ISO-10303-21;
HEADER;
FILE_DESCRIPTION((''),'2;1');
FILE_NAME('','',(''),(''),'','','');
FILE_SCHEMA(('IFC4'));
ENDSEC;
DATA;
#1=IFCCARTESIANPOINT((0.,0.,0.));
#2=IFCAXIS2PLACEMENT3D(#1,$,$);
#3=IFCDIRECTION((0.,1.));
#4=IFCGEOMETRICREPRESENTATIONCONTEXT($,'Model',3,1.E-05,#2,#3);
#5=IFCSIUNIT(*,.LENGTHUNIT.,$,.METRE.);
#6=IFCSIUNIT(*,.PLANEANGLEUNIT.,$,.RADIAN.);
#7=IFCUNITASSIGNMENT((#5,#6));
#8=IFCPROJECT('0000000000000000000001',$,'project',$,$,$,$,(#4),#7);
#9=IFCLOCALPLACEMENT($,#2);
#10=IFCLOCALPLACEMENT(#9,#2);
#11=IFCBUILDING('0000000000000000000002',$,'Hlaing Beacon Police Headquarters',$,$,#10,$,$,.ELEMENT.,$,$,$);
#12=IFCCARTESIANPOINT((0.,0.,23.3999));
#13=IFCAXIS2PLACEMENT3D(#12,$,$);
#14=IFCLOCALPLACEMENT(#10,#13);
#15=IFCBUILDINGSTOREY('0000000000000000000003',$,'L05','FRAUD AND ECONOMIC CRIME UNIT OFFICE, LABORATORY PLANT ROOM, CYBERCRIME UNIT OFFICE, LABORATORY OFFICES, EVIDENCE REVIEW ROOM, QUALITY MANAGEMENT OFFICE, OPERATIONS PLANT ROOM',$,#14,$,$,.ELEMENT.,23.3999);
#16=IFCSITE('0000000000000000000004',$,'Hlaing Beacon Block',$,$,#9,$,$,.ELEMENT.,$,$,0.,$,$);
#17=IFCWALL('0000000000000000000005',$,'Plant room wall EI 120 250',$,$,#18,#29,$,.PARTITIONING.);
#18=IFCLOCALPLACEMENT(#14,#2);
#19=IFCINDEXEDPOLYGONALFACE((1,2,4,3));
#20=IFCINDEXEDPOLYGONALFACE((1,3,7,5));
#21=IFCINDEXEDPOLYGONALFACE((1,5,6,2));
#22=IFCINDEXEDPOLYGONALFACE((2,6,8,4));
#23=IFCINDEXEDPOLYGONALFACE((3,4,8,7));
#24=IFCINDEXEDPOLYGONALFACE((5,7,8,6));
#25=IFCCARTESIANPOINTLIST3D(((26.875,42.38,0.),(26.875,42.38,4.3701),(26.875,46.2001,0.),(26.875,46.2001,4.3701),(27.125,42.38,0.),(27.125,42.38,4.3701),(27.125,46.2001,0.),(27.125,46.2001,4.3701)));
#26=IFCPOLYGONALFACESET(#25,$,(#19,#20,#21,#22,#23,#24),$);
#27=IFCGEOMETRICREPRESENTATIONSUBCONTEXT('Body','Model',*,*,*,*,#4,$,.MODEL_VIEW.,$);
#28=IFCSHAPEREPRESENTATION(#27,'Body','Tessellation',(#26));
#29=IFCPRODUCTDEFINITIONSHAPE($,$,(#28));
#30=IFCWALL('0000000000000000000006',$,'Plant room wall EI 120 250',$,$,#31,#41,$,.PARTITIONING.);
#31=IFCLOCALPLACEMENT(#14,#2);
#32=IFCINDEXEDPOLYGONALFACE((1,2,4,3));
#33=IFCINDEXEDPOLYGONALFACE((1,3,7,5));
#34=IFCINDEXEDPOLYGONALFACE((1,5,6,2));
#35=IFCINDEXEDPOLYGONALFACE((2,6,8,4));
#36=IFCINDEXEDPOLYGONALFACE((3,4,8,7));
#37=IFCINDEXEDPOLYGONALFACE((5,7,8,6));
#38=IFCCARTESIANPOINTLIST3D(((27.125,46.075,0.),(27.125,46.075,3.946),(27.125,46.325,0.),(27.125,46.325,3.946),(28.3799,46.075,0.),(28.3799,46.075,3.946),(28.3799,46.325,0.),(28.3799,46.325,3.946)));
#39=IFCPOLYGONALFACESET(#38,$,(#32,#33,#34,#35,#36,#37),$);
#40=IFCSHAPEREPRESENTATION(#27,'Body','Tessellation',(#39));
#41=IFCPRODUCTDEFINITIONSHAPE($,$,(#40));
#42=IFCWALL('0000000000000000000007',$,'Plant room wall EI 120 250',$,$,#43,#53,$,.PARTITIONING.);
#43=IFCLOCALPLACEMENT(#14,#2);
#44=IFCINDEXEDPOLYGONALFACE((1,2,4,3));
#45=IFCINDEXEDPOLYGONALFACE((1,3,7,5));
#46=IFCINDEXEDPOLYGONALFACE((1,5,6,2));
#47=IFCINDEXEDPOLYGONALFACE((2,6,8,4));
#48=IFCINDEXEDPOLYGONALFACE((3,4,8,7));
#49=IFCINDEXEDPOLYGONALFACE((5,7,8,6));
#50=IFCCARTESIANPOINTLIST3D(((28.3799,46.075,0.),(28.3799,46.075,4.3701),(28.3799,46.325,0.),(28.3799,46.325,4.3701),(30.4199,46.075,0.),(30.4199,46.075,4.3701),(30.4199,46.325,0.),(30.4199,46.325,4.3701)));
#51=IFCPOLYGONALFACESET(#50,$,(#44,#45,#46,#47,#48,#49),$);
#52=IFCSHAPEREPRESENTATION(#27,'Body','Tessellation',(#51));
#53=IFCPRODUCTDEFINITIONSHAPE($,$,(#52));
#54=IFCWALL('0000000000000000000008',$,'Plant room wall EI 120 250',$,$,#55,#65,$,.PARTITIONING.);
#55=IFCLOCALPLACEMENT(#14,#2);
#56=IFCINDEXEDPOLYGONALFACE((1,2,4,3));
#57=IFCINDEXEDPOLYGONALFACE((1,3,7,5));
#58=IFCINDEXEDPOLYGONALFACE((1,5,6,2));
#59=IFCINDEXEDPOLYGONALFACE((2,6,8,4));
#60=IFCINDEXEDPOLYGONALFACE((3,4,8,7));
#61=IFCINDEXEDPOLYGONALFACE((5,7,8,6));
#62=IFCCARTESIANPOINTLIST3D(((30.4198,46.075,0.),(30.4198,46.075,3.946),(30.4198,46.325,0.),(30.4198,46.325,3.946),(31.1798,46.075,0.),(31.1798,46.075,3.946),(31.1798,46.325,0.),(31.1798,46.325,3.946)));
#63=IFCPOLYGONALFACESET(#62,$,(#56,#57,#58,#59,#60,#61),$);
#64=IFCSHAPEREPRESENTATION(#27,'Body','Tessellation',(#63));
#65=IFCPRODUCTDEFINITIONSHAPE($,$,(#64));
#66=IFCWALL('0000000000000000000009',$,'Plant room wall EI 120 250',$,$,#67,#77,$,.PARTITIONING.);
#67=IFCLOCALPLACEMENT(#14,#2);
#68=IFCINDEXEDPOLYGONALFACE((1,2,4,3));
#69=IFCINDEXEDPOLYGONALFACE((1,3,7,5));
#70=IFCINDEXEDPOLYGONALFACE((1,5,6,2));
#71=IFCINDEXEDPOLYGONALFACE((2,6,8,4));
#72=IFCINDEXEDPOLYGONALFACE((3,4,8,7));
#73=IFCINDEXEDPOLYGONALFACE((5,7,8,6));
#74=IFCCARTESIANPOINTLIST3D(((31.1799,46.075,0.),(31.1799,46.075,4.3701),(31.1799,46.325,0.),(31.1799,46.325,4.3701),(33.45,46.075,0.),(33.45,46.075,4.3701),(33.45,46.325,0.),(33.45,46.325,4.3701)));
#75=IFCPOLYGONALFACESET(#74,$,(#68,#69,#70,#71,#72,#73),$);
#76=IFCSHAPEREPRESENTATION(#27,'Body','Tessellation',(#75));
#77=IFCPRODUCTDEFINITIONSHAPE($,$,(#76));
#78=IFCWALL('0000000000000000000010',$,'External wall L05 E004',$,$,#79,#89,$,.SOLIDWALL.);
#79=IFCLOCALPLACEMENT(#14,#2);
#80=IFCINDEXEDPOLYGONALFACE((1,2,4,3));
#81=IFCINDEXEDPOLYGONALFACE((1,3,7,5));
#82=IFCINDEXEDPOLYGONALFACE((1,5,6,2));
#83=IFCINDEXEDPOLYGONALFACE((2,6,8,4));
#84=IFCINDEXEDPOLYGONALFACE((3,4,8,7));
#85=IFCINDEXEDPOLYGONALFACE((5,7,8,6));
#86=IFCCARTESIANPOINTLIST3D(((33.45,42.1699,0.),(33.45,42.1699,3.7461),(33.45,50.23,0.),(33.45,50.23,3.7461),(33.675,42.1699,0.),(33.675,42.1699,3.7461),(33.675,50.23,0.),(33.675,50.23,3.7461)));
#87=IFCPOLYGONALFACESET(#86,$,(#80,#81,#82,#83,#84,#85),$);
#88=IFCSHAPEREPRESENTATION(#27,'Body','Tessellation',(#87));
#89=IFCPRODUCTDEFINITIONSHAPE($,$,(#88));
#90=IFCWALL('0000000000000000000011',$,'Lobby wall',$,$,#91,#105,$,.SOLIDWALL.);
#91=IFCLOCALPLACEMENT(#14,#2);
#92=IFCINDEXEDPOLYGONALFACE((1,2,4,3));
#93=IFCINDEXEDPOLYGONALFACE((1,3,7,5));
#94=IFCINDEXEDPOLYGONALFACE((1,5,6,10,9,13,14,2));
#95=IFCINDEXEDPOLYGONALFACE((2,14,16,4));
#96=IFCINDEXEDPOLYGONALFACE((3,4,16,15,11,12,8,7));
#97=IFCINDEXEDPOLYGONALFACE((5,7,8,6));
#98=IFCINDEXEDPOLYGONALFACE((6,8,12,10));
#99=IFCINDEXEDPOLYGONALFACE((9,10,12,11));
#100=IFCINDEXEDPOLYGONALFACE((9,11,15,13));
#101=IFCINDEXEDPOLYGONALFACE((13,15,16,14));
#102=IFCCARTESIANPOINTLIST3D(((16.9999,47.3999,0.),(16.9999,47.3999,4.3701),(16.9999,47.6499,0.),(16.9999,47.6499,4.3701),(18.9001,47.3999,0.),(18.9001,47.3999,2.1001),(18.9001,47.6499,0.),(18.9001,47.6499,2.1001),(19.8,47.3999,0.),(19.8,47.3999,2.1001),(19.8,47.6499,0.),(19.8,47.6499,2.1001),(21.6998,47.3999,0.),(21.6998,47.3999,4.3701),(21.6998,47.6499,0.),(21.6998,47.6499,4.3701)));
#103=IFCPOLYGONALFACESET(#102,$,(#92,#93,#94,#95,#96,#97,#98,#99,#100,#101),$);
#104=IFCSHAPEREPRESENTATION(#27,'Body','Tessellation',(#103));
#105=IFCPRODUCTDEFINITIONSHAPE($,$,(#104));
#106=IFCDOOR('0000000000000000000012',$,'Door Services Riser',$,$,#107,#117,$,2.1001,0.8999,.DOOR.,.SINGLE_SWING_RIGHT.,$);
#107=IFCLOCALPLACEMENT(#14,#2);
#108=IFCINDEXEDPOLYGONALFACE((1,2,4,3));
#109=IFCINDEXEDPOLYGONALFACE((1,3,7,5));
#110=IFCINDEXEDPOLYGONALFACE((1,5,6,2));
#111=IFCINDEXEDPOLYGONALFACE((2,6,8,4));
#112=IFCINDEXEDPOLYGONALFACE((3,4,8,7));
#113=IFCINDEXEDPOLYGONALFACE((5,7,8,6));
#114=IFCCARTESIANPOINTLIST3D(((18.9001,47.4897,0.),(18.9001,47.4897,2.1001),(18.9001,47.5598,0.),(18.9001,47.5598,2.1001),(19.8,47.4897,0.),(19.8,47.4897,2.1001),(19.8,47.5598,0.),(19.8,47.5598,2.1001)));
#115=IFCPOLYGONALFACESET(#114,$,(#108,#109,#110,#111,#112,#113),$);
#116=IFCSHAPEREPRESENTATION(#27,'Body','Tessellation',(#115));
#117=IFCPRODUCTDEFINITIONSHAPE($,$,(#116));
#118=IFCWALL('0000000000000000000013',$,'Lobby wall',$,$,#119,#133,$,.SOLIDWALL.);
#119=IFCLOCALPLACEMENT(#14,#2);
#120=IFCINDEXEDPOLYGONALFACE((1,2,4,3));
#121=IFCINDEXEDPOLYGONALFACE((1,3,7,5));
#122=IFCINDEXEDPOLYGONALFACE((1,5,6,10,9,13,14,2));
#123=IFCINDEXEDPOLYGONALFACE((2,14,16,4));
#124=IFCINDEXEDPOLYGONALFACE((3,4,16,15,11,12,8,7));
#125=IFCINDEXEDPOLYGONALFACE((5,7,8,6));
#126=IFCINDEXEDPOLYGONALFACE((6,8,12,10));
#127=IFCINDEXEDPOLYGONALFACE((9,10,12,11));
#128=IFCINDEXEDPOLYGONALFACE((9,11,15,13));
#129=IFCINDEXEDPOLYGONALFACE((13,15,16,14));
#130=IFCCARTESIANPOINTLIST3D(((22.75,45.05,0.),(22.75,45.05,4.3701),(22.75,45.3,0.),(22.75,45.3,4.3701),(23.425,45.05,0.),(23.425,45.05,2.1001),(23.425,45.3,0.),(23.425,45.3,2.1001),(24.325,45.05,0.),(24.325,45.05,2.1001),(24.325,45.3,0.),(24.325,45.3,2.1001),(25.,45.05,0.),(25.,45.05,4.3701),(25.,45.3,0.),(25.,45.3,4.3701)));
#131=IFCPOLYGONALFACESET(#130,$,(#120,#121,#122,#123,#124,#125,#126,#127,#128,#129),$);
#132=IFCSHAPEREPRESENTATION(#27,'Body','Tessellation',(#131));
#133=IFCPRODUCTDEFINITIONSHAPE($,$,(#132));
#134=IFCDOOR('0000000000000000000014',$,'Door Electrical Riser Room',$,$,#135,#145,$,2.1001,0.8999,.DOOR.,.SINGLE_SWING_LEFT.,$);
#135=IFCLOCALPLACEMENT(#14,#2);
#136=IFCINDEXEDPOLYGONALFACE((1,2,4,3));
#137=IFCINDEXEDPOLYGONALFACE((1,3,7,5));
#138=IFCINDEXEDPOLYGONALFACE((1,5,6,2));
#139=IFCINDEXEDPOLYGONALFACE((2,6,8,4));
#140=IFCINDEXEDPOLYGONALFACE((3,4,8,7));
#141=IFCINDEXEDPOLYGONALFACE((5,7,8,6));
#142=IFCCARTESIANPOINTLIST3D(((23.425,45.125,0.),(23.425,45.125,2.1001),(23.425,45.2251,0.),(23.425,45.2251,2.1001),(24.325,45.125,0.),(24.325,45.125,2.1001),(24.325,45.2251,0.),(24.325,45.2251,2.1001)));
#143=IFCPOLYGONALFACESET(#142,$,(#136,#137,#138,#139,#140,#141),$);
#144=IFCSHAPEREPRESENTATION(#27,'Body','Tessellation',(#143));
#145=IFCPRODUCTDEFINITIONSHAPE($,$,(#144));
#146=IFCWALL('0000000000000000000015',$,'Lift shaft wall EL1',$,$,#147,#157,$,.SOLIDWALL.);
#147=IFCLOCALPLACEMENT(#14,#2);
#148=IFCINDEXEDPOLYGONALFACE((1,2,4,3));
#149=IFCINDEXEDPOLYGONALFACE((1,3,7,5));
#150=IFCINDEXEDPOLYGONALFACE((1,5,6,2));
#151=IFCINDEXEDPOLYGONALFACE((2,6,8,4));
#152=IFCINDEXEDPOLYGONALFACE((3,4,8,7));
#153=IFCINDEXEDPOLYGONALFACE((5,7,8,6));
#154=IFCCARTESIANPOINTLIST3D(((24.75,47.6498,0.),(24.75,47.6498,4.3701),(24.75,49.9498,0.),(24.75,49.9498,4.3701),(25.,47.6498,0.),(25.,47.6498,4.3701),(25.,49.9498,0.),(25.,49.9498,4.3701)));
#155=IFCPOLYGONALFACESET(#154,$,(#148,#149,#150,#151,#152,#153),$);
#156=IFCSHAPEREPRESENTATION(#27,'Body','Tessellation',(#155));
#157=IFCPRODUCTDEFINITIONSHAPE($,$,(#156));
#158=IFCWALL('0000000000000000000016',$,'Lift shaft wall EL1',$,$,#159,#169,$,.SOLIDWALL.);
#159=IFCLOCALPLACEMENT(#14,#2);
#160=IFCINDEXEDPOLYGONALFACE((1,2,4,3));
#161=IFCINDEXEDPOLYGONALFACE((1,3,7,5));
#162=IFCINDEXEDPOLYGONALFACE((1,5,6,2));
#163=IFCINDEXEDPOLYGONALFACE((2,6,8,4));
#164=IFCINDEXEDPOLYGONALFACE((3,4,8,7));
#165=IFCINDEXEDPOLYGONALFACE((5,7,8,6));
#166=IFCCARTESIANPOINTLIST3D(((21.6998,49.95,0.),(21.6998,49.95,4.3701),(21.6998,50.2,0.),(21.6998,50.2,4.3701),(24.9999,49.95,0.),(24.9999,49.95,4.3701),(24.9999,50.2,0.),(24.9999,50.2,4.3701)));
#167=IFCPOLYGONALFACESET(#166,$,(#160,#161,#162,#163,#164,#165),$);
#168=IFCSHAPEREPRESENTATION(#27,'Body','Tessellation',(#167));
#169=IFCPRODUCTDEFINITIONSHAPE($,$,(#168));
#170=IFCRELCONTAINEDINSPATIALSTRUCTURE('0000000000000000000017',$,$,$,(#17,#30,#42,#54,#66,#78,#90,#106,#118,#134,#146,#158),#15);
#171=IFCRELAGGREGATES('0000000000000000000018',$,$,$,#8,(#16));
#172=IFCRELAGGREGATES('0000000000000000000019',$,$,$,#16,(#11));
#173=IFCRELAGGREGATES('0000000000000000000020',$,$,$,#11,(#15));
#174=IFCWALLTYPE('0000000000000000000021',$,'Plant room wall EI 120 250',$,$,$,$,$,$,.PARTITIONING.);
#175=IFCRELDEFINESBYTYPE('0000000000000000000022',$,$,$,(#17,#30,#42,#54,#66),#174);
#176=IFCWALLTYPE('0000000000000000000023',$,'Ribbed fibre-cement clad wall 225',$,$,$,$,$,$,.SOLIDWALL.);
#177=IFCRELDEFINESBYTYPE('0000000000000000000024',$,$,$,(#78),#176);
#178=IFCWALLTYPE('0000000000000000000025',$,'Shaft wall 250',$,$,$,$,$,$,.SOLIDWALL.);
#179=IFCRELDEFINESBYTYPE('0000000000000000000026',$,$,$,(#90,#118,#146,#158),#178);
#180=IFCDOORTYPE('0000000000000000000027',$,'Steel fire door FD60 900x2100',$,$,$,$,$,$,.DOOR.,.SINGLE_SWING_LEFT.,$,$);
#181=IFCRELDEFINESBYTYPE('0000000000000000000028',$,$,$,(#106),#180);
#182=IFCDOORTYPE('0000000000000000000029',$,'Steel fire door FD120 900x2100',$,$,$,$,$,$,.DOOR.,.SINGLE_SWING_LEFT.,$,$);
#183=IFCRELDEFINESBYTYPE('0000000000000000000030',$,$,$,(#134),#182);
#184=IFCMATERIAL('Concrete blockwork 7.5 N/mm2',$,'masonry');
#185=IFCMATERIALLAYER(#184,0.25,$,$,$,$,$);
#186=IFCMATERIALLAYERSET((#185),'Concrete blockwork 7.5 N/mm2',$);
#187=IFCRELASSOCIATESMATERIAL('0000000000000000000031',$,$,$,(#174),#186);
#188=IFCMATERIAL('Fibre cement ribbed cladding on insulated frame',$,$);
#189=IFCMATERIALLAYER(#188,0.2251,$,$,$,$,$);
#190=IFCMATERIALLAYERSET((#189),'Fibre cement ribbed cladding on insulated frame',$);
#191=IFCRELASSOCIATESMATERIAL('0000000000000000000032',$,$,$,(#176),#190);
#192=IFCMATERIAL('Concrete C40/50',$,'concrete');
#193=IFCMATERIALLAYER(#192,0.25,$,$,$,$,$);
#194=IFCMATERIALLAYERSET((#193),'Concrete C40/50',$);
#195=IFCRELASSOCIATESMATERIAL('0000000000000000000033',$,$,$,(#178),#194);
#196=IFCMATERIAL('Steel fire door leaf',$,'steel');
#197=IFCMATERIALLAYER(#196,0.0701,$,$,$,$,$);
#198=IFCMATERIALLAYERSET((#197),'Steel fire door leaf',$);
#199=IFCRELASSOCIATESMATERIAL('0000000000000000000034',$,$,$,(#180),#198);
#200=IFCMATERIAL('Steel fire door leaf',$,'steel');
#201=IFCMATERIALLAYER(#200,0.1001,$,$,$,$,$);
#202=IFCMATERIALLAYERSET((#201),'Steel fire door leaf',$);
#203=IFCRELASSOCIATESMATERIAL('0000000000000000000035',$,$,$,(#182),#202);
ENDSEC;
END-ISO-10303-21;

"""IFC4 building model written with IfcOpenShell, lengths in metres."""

from ifc_helpers import new_model, si_unit, direction, frame, frame_2d, origin, place, context, subcontext, project, spatial, rectangle, extrude, material, layer, layer_set, type_object, element, fill, save


model = new_model("IFC4")

# Units and contexts
model_context = context("Model", 3, precision=1e-05, world=origin(), true_north=direction((0.0, 1.0)))
body_context = subcontext(model_context, "Body", "Model", "MODEL_VIEW")
ifc_project = project(units=[si_unit("LENGTHUNIT", "METRE"), si_unit("PLANEANGLEUNIT", "RADIAN")], contexts=[model_context])

# Site, building, storey
site_placement = place(None, origin())
site = spatial("IfcSite", under=ifc_project, at=site_placement, Name="Hlaing Beacon Block", CompositionType="ELEMENT", RefElevation=0.0)
building_placement = place(site_placement, origin())
building = spatial("IfcBuilding", under=site, at=building_placement, Name="Hlaing Beacon Police Headquarters", CompositionType="ELEMENT")
storey_placement = place(building_placement, frame((0.0, 0.0, 23.3999)))
storey = spatial("IfcBuildingStorey", under=building, at=storey_placement, Name="L05", Description="FRAUD AND ECONOMIC CRIME UNIT OFFICE, LABORATORY PLANT ROOM, CYBERCRIME UNIT OFFICE, LABORATORY OFFICES, EVIDENCE REVIEW ROOM, QUALITY MANAGEMENT OFFICE, OPERATIONS PLANT ROOM", CompositionType="ELEMENT", Elevation=23.3999)

# Walls
ifc_material_1 = material(Name="Concrete blockwork 7.5 N/mm2", Category="masonry")
ifc_layer_1 = layer(ifc_material_1, 0.25)
ifc_layer_set_1 = layer_set([ifc_layer_1], Name="Concrete blockwork 7.5 N/mm2")
wall_type_1 = type_object("IfcWallType", Name="Plant room wall EI 120 250", PredefinedType="PARTITIONING", material=ifc_layer_set_1)
wall_1_placement = place(storey_placement, frame((27.0, 42.3799, 0.0), z_axis=(0.0, 0.0, 1.0), x_axis=(0.0, 1.0, 0.0)))
element("IfcWall", 1, at=wall_1_placement, inside=storey, type_object=wall_type_1, Name="Plant room wall EI 120 250", PredefinedType="PARTITIONING", context=body_context, shape_type="SweptSolid", body=[
    extrude(rectangle(XDim=3.8201, YDim=0.25, at=frame_2d((1.9102, 0.0))), origin(), (0.0, 0.0, 1.0), 4.3701),
])
wall_2_placement = place(storey_placement, frame((27.125, 46.2, 0.0), z_axis=(0.0, 0.0, 1.0), x_axis=(1.0, 0.0, 0.0)))
element("IfcWall", 2, at=wall_2_placement, inside=storey, type_object=wall_type_1, Name="Plant room wall EI 120 250", PredefinedType="PARTITIONING", context=body_context, shape_type="SweptSolid", body=[
    extrude(rectangle(XDim=1.2549, YDim=0.25, at=frame_2d((0.6274, 0.0))), origin(), (0.0, 0.0, 1.0), 3.946),
])
wall_3_placement = place(storey_placement, frame((28.3799, 46.2, 0.0), z_axis=(0.0, 0.0, 1.0), x_axis=(1.0, 0.0, 0.0)))
element("IfcWall", 3, at=wall_3_placement, inside=storey, type_object=wall_type_1, Name="Plant room wall EI 120 250", PredefinedType="PARTITIONING", context=body_context, shape_type="SweptSolid", body=[
    extrude(rectangle(XDim=2.04, YDim=0.25, at=frame_2d((1.02, 0.0))), origin(), (0.0, 0.0, 1.0), 4.3701),
])
wall_4_placement = place(storey_placement, frame((30.4199, 46.2, 0.0), z_axis=(0.0, 0.0, 1.0), x_axis=(1.0, 0.0, 0.0)))
element("IfcWall", 4, at=wall_4_placement, inside=storey, type_object=wall_type_1, Name="Plant room wall EI 120 250", PredefinedType="PARTITIONING", context=body_context, shape_type="SweptSolid", body=[
    extrude(rectangle(XDim=0.76, YDim=0.25, at=frame_2d((0.3799, 0.0))), origin(), (0.0, 0.0, 1.0), 3.946),
])
wall_5_placement = place(storey_placement, frame((31.1799, 46.2, 0.0), z_axis=(0.0, 0.0, 1.0), x_axis=(1.0, 0.0, 0.0)))
element("IfcWall", 5, at=wall_5_placement, inside=storey, type_object=wall_type_1, Name="Plant room wall EI 120 250", PredefinedType="PARTITIONING", context=body_context, shape_type="SweptSolid", body=[
    extrude(rectangle(XDim=2.27, YDim=0.25, at=frame_2d((1.135, 0.0))), origin(), (0.0, 0.0, 1.0), 4.3701),
])
ifc_material_2 = material(Name="Fibre cement ribbed cladding on insulated frame")
ifc_layer_2 = layer(ifc_material_2, 0.2251)
ifc_layer_set_2 = layer_set([ifc_layer_2], Name="Fibre cement ribbed cladding on insulated frame")
wall_type_2 = type_object("IfcWallType", Name="Ribbed fibre-cement clad wall 225", PredefinedType="SOLIDWALL", material=ifc_layer_set_2)
wall_6_placement = place(storey_placement, frame((33.5625, 42.1699, 0.0), z_axis=(0.0, 0.0, 1.0), x_axis=(0.0, 1.0, 0.0)))
element("IfcWall", 6, at=wall_6_placement, inside=storey, type_object=wall_type_2, Name="External wall L05 E004", PredefinedType="SOLIDWALL", context=body_context, shape_type="SweptSolid", body=[
    extrude(rectangle(XDim=8.0601, YDim=0.2251, at=frame_2d((4.03, 0.0))), origin(), (0.0, 0.0, 1.0), 3.7461),
])

# Walls, openings, doors
ifc_material_3 = material(Name="Concrete C40/50", Category="concrete")
ifc_layer_3 = layer(ifc_material_3, 0.25)
ifc_layer_set_3 = layer_set([ifc_layer_3], Name="Concrete C40/50")
wall_type_3 = type_object("IfcWallType", Name="Shaft wall 250", PredefinedType="SOLIDWALL", material=ifc_layer_set_3)
wall_7_placement = place(storey_placement, frame((21.7, 47.5249, 0.0), z_axis=(0.0, 0.0, 1.0), x_axis=(-1.0, 0.0, 0.0)))
wall_7 = element("IfcWall", 7, at=wall_7_placement, inside=storey, type_object=wall_type_3, Name="Lobby wall", PredefinedType="SOLIDWALL", context=body_context, shape_type="SweptSolid", body=[
    extrude(rectangle(XDim=4.7, YDim=0.25, at=frame_2d((2.3501, 0.0))), origin(), (0.0, 0.0, 1.0), 4.3701),
])
opening_1_placement = place(wall_7_placement, frame((1.8999, 0.0, 0.0)))
opening_1 = element("IfcOpeningElement", 8, at=opening_1_placement, cuts=wall_7, PredefinedType="OPENING", context=body_context, shape_type="SweptSolid", body=[
    extrude(rectangle(XDim=0.8999, YDim=2.1001, at=frame_2d((0.45, 1.05))), frame((0.0, 0.135, 0.0), z_axis=(0.0, -1.0, 0.0), x_axis=(1.0, 0.0, 0.0)), (0.0, 0.0, 1.0), 0.27),
])
ifc_material_4 = material(Name="Steel fire door leaf", Category="steel")
ifc_layer_4 = layer(ifc_material_4, 0.0701)
ifc_layer_set_4 = layer_set([ifc_layer_4], Name="Steel fire door leaf")
door_type_1 = type_object("IfcDoorType", Name="Steel fire door FD60 900x2100", OperationType="SINGLE_SWING_LEFT", PredefinedType="DOOR", material=ifc_layer_set_4)
door_1_placement = place(opening_1_placement, frame((0.8999, 0.0, 0.0), z_axis=(0.0, 0.0, 1.0), x_axis=(-1.0, 0.0, 0.0)))
door_1 = element("IfcDoor", 9, at=door_1_placement, inside=storey, type_object=door_type_1, Name="Door Services Riser", OperationType="SINGLE_SWING_RIGHT", OverallHeight=2.1001, OverallWidth=0.8999, PredefinedType="DOOR", context=body_context, shape_type="SweptSolid", body=[
    extrude(rectangle(XDim=0.8999, YDim=2.1001, at=frame_2d((0.45, 1.05))), frame((0.0, 0.0349, 0.0), z_axis=(0.0, -1.0, 0.0), x_axis=(1.0, 0.0, 0.0)), (0.0, 0.0, 1.0), 0.0701),
])
fill(opening_1, door_1)
wall_8_placement = place(storey_placement, frame((25.0, 45.175, 0.0), z_axis=(0.0, 0.0, 1.0), x_axis=(-1.0, 0.0, 0.0)))
wall_8 = element("IfcWall", 10, at=wall_8_placement, inside=storey, type_object=wall_type_3, Name="Lobby wall", PredefinedType="SOLIDWALL", context=body_context, shape_type="SweptSolid", body=[
    extrude(rectangle(XDim=2.25, YDim=0.25, at=frame_2d((1.125, 0.0))), origin(), (0.0, 0.0, 1.0), 4.3701),
])
opening_2_placement = place(wall_8_placement, frame((0.675, 0.0, 0.0)))
opening_2 = element("IfcOpeningElement", 11, at=opening_2_placement, cuts=wall_8, PredefinedType="OPENING", context=body_context, shape_type="SweptSolid", body=[
    extrude(rectangle(XDim=0.8999, YDim=2.1001, at=frame_2d((0.45, 1.05))), frame((0.0, 0.135, 0.0), z_axis=(0.0, -1.0, 0.0), x_axis=(1.0, 0.0, 0.0)), (0.0, 0.0, 1.0), 0.27),
])
ifc_material_5 = material(Name="Steel fire door leaf", Category="steel")
ifc_layer_5 = layer(ifc_material_5, 0.1001)
ifc_layer_set_5 = layer_set([ifc_layer_5], Name="Steel fire door leaf")
door_type_2 = type_object("IfcDoorType", Name="Steel fire door FD120 900x2100", OperationType="SINGLE_SWING_LEFT", PredefinedType="DOOR", material=ifc_layer_set_5)
door_2_placement = place(opening_2_placement, origin())
door_2 = element("IfcDoor", 12, at=door_2_placement, inside=storey, type_object=door_type_2, Name="Door Electrical Riser Room", OperationType="SINGLE_SWING_LEFT", OverallHeight=2.1001, OverallWidth=0.8999, PredefinedType="DOOR", context=body_context, shape_type="SweptSolid", body=[
    extrude(rectangle(XDim=0.8999, YDim=2.1001, at=frame_2d((0.45, 1.05))), frame((0.0, 0.05, 0.0), z_axis=(0.0, -1.0, 0.0), x_axis=(1.0, 0.0, 0.0)), (0.0, 0.0, 1.0), 0.1001),
])
fill(opening_2, door_2)

# Walls
wall_9_placement = place(storey_placement, frame((24.875, 47.6499, 0.0), z_axis=(0.0, 0.0, 1.0), x_axis=(0.0, 1.0, 0.0)))
element("IfcWall", 13, at=wall_9_placement, inside=storey, type_object=wall_type_3, Name="Lift shaft wall EL1", PredefinedType="SOLIDWALL", context=body_context, shape_type="SweptSolid", body=[
    extrude(rectangle(XDim=2.3, YDim=0.25, at=frame_2d((1.1499, 0.0))), origin(), (0.0, 0.0, 1.0), 4.3701),
])
wall_10_placement = place(storey_placement, frame((21.7, 50.075, 0.0), z_axis=(0.0, 0.0, 1.0), x_axis=(1.0, 0.0, 0.0)))
element("IfcWall", 14, at=wall_10_placement, inside=storey, type_object=wall_type_3, Name="Lift shaft wall EL1", PredefinedType="SOLIDWALL", context=body_context, shape_type="SweptSolid", body=[
    extrude(rectangle(XDim=3.3, YDim=0.25, at=frame_2d((1.6499, 0.0))), origin(), (0.0, 0.0, 1.0), 4.3701),
])

save(model, "model.ifc")
